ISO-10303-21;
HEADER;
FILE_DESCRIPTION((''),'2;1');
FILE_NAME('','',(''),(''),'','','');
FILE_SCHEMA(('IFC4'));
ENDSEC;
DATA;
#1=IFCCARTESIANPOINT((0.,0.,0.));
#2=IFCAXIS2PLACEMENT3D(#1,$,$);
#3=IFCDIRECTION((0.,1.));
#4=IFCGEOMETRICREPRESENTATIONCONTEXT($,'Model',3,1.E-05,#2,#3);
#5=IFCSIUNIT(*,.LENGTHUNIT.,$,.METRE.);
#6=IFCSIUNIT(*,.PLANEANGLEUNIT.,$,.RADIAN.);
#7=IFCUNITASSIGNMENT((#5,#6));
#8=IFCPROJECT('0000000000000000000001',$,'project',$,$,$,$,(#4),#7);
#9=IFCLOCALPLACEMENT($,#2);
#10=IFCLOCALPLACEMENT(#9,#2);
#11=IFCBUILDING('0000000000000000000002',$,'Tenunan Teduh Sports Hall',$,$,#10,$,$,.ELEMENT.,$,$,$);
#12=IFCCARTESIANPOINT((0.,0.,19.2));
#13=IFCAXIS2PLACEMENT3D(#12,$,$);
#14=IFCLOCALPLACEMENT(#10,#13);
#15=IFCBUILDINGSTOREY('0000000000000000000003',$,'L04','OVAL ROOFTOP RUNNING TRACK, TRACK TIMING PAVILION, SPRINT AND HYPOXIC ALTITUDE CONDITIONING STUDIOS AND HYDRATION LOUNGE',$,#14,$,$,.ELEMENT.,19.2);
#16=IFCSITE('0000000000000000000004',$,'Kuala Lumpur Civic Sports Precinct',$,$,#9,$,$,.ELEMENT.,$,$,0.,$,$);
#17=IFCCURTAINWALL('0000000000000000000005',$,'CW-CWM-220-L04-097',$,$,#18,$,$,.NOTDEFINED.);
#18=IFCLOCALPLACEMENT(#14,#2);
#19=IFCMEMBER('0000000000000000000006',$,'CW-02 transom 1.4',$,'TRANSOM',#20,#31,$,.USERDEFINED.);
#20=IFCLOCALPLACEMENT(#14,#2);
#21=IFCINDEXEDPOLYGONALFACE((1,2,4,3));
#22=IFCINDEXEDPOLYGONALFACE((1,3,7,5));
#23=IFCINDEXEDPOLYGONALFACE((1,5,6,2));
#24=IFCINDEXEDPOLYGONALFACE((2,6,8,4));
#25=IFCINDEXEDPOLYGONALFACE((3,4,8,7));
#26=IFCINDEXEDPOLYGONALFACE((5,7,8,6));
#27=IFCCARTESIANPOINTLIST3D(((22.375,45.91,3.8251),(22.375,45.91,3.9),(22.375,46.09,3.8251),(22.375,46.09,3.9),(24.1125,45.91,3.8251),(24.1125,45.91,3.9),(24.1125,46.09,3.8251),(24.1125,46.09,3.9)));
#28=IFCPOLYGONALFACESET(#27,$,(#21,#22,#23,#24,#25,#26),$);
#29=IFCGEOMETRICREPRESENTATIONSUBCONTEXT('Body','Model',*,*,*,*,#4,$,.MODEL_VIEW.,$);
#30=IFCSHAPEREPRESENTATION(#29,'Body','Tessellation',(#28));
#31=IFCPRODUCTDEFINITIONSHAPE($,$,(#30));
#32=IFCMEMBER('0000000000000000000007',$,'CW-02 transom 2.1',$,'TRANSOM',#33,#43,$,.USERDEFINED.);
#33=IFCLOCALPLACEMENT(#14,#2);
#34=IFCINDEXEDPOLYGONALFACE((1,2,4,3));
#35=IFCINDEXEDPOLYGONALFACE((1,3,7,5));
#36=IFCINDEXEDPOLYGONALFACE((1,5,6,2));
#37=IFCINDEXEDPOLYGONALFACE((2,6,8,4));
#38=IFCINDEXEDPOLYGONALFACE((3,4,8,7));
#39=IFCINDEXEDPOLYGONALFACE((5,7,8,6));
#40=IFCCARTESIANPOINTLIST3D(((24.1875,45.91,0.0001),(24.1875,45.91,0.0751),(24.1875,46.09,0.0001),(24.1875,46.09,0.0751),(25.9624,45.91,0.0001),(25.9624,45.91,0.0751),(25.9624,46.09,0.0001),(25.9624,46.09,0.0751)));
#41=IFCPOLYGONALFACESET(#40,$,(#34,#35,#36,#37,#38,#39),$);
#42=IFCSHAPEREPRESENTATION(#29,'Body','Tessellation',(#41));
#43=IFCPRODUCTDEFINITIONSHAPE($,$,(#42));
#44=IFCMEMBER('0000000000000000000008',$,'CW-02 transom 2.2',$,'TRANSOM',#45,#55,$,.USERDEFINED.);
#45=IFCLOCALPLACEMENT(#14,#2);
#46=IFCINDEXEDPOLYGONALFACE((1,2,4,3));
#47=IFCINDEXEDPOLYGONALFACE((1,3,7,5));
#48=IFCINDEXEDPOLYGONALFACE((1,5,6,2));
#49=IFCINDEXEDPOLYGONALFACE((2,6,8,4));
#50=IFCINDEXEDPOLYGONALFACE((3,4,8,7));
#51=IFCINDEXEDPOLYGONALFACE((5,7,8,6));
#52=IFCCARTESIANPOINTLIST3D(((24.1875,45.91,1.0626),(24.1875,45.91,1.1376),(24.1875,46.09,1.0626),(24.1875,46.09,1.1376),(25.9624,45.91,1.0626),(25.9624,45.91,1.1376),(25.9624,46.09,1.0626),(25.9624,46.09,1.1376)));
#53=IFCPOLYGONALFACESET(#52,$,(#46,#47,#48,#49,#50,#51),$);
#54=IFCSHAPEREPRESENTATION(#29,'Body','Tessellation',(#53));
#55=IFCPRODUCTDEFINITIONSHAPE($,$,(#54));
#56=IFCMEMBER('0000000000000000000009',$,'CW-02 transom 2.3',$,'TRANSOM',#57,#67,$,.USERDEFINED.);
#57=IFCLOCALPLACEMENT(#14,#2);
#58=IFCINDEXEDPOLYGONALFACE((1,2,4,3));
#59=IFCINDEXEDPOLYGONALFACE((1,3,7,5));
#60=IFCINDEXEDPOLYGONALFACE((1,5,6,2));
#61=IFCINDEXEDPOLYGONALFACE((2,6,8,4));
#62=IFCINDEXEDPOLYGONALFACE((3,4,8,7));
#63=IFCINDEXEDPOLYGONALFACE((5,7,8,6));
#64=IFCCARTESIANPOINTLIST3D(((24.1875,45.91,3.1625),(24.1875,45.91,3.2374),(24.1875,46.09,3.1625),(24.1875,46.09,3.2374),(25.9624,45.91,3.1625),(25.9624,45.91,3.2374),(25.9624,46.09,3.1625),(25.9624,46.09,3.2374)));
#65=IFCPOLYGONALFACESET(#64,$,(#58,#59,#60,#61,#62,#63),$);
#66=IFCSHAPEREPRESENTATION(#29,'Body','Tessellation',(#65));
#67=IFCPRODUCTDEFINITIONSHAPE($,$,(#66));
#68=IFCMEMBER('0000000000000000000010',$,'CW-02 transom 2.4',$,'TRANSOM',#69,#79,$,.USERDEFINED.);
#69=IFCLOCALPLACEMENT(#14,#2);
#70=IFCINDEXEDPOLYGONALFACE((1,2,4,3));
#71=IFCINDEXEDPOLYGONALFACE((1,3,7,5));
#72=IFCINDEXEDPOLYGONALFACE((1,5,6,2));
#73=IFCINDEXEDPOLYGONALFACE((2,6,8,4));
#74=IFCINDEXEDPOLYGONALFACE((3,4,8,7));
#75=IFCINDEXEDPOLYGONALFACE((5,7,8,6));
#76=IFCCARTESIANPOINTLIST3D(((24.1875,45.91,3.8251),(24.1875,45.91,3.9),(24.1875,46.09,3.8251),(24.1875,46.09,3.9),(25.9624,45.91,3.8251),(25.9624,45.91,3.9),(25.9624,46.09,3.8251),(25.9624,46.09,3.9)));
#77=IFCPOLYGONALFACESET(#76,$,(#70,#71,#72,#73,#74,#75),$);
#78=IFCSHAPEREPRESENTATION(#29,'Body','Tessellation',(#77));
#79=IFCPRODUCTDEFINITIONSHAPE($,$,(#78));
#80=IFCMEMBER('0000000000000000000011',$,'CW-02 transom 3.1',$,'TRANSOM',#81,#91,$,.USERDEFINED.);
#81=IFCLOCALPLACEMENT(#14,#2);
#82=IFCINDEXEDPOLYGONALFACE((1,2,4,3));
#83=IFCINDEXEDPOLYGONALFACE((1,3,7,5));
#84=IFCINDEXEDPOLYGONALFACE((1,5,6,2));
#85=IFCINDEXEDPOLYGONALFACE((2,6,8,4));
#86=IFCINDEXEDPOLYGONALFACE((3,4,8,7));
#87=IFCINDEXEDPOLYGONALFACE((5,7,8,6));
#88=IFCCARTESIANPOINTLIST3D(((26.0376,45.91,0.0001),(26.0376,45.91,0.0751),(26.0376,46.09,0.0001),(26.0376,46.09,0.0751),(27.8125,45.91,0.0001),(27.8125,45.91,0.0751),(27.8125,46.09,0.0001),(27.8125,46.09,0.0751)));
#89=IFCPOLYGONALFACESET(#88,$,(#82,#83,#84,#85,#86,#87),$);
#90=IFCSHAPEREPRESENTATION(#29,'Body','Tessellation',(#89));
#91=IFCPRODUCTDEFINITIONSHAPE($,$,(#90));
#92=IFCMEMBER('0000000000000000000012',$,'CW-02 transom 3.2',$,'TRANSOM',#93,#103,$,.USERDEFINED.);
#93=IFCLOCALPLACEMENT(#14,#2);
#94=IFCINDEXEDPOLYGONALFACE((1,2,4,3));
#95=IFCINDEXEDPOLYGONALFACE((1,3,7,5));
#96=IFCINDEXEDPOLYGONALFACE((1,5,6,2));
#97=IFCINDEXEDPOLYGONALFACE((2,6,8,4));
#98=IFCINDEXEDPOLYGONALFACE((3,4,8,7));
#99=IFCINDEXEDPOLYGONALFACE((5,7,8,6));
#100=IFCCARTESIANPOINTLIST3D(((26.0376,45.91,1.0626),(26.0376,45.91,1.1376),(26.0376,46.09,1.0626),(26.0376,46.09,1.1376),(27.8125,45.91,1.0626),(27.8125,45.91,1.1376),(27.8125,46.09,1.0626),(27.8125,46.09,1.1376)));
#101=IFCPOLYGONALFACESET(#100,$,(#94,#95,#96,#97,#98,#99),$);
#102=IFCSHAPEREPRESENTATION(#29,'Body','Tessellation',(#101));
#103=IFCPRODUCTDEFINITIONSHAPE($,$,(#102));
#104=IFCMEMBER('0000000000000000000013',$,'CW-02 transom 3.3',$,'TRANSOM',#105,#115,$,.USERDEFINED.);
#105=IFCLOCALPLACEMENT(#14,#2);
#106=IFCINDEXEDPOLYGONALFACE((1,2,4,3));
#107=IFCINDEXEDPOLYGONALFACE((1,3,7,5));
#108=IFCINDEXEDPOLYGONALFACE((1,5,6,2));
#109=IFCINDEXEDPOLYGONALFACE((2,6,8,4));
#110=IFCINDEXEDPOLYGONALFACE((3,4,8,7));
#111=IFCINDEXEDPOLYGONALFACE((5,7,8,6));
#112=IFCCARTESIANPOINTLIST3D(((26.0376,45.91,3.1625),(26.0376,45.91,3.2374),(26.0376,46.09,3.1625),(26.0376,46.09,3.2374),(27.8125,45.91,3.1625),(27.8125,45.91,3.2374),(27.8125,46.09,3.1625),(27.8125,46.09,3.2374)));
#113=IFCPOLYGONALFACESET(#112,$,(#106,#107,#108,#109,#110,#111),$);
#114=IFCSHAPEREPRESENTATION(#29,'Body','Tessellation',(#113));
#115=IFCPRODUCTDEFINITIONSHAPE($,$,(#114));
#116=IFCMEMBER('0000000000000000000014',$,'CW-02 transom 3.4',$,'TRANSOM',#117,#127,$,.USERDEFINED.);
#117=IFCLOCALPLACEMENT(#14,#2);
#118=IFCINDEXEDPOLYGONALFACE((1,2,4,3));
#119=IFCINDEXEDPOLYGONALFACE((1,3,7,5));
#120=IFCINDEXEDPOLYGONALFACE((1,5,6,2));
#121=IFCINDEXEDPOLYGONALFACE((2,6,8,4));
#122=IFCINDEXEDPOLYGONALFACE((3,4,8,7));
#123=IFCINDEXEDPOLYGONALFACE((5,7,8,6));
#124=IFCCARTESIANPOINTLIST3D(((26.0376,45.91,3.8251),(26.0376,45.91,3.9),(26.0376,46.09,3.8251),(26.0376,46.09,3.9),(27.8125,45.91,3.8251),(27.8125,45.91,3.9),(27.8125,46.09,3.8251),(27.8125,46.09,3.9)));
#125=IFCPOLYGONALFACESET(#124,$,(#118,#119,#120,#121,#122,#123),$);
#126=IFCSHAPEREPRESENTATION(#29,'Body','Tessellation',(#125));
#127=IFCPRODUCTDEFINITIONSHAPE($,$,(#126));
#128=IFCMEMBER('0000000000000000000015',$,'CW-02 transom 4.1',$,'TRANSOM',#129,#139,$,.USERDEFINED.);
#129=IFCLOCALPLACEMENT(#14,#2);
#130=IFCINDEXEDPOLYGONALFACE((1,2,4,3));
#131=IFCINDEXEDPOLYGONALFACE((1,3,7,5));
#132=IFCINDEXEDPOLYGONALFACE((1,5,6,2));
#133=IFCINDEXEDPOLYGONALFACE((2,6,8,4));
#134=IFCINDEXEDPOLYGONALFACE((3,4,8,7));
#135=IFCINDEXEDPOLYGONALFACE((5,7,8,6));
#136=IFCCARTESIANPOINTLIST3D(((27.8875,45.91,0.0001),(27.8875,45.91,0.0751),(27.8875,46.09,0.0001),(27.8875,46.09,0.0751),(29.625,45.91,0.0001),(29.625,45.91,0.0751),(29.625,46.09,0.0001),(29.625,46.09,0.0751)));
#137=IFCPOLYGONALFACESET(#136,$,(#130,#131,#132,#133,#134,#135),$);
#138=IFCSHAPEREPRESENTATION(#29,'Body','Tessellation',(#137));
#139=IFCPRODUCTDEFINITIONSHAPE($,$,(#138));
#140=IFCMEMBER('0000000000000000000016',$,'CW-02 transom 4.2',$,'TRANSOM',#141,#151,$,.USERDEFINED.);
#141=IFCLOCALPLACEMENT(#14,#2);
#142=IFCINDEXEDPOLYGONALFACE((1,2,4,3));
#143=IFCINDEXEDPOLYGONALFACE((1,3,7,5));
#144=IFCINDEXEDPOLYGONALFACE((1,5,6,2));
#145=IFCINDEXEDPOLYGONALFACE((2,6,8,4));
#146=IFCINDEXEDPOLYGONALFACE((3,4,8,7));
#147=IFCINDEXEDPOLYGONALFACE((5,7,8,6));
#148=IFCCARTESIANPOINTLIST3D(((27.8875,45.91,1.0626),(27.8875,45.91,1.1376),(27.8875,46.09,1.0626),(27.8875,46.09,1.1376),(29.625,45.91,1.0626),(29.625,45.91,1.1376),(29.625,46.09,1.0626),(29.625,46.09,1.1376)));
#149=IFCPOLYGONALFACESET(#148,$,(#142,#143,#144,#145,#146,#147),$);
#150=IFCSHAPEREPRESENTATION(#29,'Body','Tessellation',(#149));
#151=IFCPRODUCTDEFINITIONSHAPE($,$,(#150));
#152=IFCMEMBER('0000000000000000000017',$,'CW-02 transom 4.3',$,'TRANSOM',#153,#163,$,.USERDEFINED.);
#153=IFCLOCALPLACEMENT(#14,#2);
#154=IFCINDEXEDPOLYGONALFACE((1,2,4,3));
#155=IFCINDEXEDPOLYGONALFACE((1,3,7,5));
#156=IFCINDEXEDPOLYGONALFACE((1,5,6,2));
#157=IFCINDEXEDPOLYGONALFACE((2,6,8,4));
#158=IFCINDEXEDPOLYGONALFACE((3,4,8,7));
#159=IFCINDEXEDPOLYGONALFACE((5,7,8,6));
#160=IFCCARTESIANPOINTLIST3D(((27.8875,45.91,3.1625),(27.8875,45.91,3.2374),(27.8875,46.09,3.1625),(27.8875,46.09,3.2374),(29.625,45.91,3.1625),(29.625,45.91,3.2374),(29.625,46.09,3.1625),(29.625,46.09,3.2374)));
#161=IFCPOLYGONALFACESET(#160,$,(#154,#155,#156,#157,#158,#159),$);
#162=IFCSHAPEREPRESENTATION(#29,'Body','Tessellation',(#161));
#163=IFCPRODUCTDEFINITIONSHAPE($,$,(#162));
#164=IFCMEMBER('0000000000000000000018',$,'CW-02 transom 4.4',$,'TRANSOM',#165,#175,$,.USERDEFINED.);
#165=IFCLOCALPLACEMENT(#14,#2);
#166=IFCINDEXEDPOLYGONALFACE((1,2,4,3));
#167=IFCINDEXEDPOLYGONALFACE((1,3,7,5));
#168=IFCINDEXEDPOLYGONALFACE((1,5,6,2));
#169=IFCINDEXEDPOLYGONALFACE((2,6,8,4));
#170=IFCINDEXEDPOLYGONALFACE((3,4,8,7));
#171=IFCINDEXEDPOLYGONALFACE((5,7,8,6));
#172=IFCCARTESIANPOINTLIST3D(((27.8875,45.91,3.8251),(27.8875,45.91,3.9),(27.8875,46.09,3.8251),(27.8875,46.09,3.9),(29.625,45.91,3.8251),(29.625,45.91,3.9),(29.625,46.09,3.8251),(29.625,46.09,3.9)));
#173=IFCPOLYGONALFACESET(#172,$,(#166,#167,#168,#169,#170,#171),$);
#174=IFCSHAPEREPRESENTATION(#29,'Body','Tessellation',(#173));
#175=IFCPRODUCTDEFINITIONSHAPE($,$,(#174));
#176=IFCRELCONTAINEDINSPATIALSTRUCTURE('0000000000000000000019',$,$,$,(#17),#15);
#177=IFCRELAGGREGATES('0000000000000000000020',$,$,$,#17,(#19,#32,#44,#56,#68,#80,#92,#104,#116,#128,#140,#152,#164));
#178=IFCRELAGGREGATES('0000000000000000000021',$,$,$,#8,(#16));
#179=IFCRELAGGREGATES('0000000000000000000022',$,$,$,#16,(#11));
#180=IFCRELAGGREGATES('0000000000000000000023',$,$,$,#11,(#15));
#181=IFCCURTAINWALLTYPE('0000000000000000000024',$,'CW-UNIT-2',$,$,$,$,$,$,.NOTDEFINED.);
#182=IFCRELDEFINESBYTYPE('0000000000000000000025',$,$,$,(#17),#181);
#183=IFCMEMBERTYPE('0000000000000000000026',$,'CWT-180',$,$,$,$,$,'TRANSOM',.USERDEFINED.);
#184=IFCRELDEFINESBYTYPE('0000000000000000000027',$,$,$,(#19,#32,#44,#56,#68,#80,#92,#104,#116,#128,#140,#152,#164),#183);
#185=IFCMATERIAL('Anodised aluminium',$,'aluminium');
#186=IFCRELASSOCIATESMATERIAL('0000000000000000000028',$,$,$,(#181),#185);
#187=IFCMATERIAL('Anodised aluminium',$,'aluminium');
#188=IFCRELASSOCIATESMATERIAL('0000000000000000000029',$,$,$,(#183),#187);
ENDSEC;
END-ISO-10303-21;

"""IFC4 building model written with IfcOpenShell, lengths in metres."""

from ifc_helpers import new_model, si_unit, direction, frame, origin, origin_2d, place, context, subcontext, project, spatial, rectangle, extrude, material, material_profile, profile_set, type_object, element, aggregate, save


model = new_model("IFC4")

# Units and contexts
model_context = context("Model", 3, precision=1e-05, world=origin(), true_north=direction((0.0, 1.0)))
body_context = subcontext(model_context, "Body", "Model", "MODEL_VIEW")
ifc_project = project(units=[si_unit("LENGTHUNIT", "METRE"), si_unit("PLANEANGLEUNIT", "RADIAN")], contexts=[model_context])

# Site, building, storey
site_placement = place(None, origin())
site = spatial("IfcSite", under=ifc_project, at=site_placement, Name="Kuala Lumpur Civic Sports Precinct", CompositionType="ELEMENT", RefElevation=0.0)
building_placement = place(site_placement, origin())
building = spatial("IfcBuilding", under=site, at=building_placement, Name="Tenunan Teduh Sports Hall", CompositionType="ELEMENT")
storey_placement = place(building_placement, frame((0.0, 0.0, 19.2)))
storey = spatial("IfcBuildingStorey", under=building, at=storey_placement, Name="L04", Description="OVAL ROOFTOP RUNNING TRACK, TRACK TIMING PAVILION, SPRINT AND HYPOXIC ALTITUDE CONDITIONING STUDIOS AND HYDRATION LOUNGE", CompositionType="ELEMENT", Elevation=19.2)

# Curtain wall, members
ifc_material_1 = material(Name="Anodised aluminium", Category="aluminium")
curtain_wall_type = type_object("IfcCurtainWallType", Name="CW-UNIT-2", PredefinedType="NOTDEFINED", material=ifc_material_1)
curtain_wall_placement = place(storey_placement, origin())
curtain_wall = element("IfcCurtainWall", 1, at=curtain_wall_placement, inside=storey, type_object=curtain_wall_type, Name="CW-CWM-220-L04-097", PredefinedType="NOTDEFINED")
ifc_material_2 = material(Name="Anodised aluminium", Category="aluminium")
ifc_material_profile_1 = material_profile(ifc_material_2, rectangle(XDim=0.075, YDim=0.1799, at=origin_2d()), Name="CWT 75x180")
ifc_profile_set_1 = profile_set([ifc_material_profile_1], Name="Anodised aluminium")
member_type_1 = type_object("IfcMemberType", Name="CWT-180", ElementType="TRANSOM", PredefinedType="USERDEFINED", material=ifc_profile_set_1)
member_1_placement = place(storey_placement, frame((22.375, 46.0, 3.8625), z_axis=(1.0, 0.0, 0.0), x_axis=(0.0, 0.0, 1.0)))
member_1 = element("IfcMember", 2, at=member_1_placement, type_object=member_type_1, Name="CW-02 transom 1.4", ObjectType="TRANSOM", PredefinedType="USERDEFINED", context=body_context, shape_type="SweptSolid", body=[
    extrude(rectangle(XDim=0.075, YDim=0.1799, at=origin_2d()), origin(), (0.0, 0.0, 1.0), 1.7375),
])
member_2_placement = place(storey_placement, frame((24.1875, 46.0, 0.0376), z_axis=(1.0, 0.0, 0.0), x_axis=(0.0, 0.0, 1.0)))
member_2 = element("IfcMember", 3, at=member_2_placement, type_object=member_type_1, Name="CW-02 transom 2.1", ObjectType="TRANSOM", PredefinedType="USERDEFINED", context=body_context, shape_type="SweptSolid", body=[
    extrude(rectangle(XDim=0.075, YDim=0.1799, at=origin_2d()), origin(), (0.0, 0.0, 1.0), 1.7749),
])
member_3_placement = place(storey_placement, frame((24.1875, 46.0, 1.1001), z_axis=(1.0, 0.0, 0.0), x_axis=(0.0, 0.0, 1.0)))
member_3 = element("IfcMember", 4, at=member_3_placement, type_object=member_type_1, Name="CW-02 transom 2.2", ObjectType="TRANSOM", PredefinedType="USERDEFINED", context=body_context, shape_type="SweptSolid", body=[
    extrude(rectangle(XDim=0.075, YDim=0.1799, at=origin_2d()), origin(), (0.0, 0.0, 1.0), 1.7749),
])
member_4_placement = place(storey_placement, frame((24.1875, 46.0, 3.2), z_axis=(1.0, 0.0, 0.0), x_axis=(0.0, 0.0, 1.0)))
member_4 = element("IfcMember", 5, at=member_4_placement, type_object=member_type_1, Name="CW-02 transom 2.3", ObjectType="TRANSOM", PredefinedType="USERDEFINED", context=body_context, shape_type="SweptSolid", body=[
    extrude(rectangle(XDim=0.075, YDim=0.1799, at=origin_2d()), origin(), (0.0, 0.0, 1.0), 1.7749),
])
member_5_placement = place(storey_placement, frame((24.1875, 46.0, 3.8625), z_axis=(1.0, 0.0, 0.0), x_axis=(0.0, 0.0, 1.0)))
member_5 = element("IfcMember", 6, at=member_5_placement, type_object=member_type_1, Name="CW-02 transom 2.4", ObjectType="TRANSOM", PredefinedType="USERDEFINED", context=body_context, shape_type="SweptSolid", body=[
    extrude(rectangle(XDim=0.075, YDim=0.1799, at=origin_2d()), origin(), (0.0, 0.0, 1.0), 1.7749),
])
member_6_placement = place(storey_placement, frame((26.0376, 46.0, 0.0376), z_axis=(1.0, 0.0, 0.0), x_axis=(0.0, 0.0, 1.0)))
member_6 = element("IfcMember", 7, at=member_6_placement, type_object=member_type_1, Name="CW-02 transom 3.1", ObjectType="TRANSOM", PredefinedType="USERDEFINED", context=body_context, shape_type="SweptSolid", body=[
    extrude(rectangle(XDim=0.075, YDim=0.1799, at=origin_2d()), origin(), (0.0, 0.0, 1.0), 1.7749),
])
member_7_placement = place(storey_placement, frame((26.0376, 46.0, 1.1001), z_axis=(1.0, 0.0, 0.0), x_axis=(0.0, 0.0, 1.0)))
member_7 = element("IfcMember", 8, at=member_7_placement, type_object=member_type_1, Name="CW-02 transom 3.2", ObjectType="TRANSOM", PredefinedType="USERDEFINED", context=body_context, shape_type="SweptSolid", body=[
    extrude(rectangle(XDim=0.075, YDim=0.1799, at=origin_2d()), origin(), (0.0, 0.0, 1.0), 1.7749),
])
member_8_placement = place(storey_placement, frame((26.0376, 46.0, 3.2), z_axis=(1.0, 0.0, 0.0), x_axis=(0.0, 0.0, 1.0)))
member_8 = element("IfcMember", 9, at=member_8_placement, type_object=member_type_1, Name="CW-02 transom 3.3", ObjectType="TRANSOM", PredefinedType="USERDEFINED", context=body_context, shape_type="SweptSolid", body=[
    extrude(rectangle(XDim=0.075, YDim=0.1799, at=origin_2d()), origin(), (0.0, 0.0, 1.0), 1.7749),
])
member_9_placement = place(storey_placement, frame((26.0376, 46.0, 3.8625), z_axis=(1.0, 0.0, 0.0), x_axis=(0.0, 0.0, 1.0)))
member_9 = element("IfcMember", 10, at=member_9_placement, type_object=member_type_1, Name="CW-02 transom 3.4", ObjectType="TRANSOM", PredefinedType="USERDEFINED", context=body_context, shape_type="SweptSolid", body=[
    extrude(rectangle(XDim=0.075, YDim=0.1799, at=origin_2d()), origin(), (0.0, 0.0, 1.0), 1.7749),
])
member_10_placement = place(storey_placement, frame((27.8875, 46.0, 0.0376), z_axis=(1.0, 0.0, 0.0), x_axis=(0.0, 0.0, 1.0)))
member_10 = element("IfcMember", 11, at=member_10_placement, type_object=member_type_1, Name="CW-02 transom 4.1", ObjectType="TRANSOM", PredefinedType="USERDEFINED", context=body_context, shape_type="SweptSolid", body=[
    extrude(rectangle(XDim=0.075, YDim=0.1799, at=origin_2d()), origin(), (0.0, 0.0, 1.0), 1.7375),
])
member_11_placement = place(storey_placement, frame((27.8875, 46.0, 1.1001), z_axis=(1.0, 0.0, 0.0), x_axis=(0.0, 0.0, 1.0)))
member_11 = element("IfcMember", 12, at=member_11_placement, type_object=member_type_1, Name="CW-02 transom 4.2", ObjectType="TRANSOM", PredefinedType="USERDEFINED", context=body_context, shape_type="SweptSolid", body=[
    extrude(rectangle(XDim=0.075, YDim=0.1799, at=origin_2d()), origin(), (0.0, 0.0, 1.0), 1.7375),
])
member_12_placement = place(storey_placement, frame((27.8875, 46.0, 3.2), z_axis=(1.0, 0.0, 0.0), x_axis=(0.0, 0.0, 1.0)))
member_12 = element("IfcMember", 13, at=member_12_placement, type_object=member_type_1, Name="CW-02 transom 4.3", ObjectType="TRANSOM", PredefinedType="USERDEFINED", context=body_context, shape_type="SweptSolid", body=[
    extrude(rectangle(XDim=0.075, YDim=0.1799, at=origin_2d()), origin(), (0.0, 0.0, 1.0), 1.7375),
])
member_13_placement = place(storey_placement, frame((27.8875, 46.0, 3.8625), z_axis=(1.0, 0.0, 0.0), x_axis=(0.0, 0.0, 1.0)))
member_13 = element("IfcMember", 14, at=member_13_placement, type_object=member_type_1, Name="CW-02 transom 4.4", ObjectType="TRANSOM", PredefinedType="USERDEFINED", context=body_context, shape_type="SweptSolid", body=[
    extrude(rectangle(XDim=0.075, YDim=0.1799, at=origin_2d()), origin(), (0.0, 0.0, 1.0), 1.7375),
])

aggregate(curtain_wall, [member_1, member_2, member_3, member_4, member_5, member_6, member_7, member_8, member_9, member_10, member_11, member_12, member_13])

save(model, "model.ifc")
